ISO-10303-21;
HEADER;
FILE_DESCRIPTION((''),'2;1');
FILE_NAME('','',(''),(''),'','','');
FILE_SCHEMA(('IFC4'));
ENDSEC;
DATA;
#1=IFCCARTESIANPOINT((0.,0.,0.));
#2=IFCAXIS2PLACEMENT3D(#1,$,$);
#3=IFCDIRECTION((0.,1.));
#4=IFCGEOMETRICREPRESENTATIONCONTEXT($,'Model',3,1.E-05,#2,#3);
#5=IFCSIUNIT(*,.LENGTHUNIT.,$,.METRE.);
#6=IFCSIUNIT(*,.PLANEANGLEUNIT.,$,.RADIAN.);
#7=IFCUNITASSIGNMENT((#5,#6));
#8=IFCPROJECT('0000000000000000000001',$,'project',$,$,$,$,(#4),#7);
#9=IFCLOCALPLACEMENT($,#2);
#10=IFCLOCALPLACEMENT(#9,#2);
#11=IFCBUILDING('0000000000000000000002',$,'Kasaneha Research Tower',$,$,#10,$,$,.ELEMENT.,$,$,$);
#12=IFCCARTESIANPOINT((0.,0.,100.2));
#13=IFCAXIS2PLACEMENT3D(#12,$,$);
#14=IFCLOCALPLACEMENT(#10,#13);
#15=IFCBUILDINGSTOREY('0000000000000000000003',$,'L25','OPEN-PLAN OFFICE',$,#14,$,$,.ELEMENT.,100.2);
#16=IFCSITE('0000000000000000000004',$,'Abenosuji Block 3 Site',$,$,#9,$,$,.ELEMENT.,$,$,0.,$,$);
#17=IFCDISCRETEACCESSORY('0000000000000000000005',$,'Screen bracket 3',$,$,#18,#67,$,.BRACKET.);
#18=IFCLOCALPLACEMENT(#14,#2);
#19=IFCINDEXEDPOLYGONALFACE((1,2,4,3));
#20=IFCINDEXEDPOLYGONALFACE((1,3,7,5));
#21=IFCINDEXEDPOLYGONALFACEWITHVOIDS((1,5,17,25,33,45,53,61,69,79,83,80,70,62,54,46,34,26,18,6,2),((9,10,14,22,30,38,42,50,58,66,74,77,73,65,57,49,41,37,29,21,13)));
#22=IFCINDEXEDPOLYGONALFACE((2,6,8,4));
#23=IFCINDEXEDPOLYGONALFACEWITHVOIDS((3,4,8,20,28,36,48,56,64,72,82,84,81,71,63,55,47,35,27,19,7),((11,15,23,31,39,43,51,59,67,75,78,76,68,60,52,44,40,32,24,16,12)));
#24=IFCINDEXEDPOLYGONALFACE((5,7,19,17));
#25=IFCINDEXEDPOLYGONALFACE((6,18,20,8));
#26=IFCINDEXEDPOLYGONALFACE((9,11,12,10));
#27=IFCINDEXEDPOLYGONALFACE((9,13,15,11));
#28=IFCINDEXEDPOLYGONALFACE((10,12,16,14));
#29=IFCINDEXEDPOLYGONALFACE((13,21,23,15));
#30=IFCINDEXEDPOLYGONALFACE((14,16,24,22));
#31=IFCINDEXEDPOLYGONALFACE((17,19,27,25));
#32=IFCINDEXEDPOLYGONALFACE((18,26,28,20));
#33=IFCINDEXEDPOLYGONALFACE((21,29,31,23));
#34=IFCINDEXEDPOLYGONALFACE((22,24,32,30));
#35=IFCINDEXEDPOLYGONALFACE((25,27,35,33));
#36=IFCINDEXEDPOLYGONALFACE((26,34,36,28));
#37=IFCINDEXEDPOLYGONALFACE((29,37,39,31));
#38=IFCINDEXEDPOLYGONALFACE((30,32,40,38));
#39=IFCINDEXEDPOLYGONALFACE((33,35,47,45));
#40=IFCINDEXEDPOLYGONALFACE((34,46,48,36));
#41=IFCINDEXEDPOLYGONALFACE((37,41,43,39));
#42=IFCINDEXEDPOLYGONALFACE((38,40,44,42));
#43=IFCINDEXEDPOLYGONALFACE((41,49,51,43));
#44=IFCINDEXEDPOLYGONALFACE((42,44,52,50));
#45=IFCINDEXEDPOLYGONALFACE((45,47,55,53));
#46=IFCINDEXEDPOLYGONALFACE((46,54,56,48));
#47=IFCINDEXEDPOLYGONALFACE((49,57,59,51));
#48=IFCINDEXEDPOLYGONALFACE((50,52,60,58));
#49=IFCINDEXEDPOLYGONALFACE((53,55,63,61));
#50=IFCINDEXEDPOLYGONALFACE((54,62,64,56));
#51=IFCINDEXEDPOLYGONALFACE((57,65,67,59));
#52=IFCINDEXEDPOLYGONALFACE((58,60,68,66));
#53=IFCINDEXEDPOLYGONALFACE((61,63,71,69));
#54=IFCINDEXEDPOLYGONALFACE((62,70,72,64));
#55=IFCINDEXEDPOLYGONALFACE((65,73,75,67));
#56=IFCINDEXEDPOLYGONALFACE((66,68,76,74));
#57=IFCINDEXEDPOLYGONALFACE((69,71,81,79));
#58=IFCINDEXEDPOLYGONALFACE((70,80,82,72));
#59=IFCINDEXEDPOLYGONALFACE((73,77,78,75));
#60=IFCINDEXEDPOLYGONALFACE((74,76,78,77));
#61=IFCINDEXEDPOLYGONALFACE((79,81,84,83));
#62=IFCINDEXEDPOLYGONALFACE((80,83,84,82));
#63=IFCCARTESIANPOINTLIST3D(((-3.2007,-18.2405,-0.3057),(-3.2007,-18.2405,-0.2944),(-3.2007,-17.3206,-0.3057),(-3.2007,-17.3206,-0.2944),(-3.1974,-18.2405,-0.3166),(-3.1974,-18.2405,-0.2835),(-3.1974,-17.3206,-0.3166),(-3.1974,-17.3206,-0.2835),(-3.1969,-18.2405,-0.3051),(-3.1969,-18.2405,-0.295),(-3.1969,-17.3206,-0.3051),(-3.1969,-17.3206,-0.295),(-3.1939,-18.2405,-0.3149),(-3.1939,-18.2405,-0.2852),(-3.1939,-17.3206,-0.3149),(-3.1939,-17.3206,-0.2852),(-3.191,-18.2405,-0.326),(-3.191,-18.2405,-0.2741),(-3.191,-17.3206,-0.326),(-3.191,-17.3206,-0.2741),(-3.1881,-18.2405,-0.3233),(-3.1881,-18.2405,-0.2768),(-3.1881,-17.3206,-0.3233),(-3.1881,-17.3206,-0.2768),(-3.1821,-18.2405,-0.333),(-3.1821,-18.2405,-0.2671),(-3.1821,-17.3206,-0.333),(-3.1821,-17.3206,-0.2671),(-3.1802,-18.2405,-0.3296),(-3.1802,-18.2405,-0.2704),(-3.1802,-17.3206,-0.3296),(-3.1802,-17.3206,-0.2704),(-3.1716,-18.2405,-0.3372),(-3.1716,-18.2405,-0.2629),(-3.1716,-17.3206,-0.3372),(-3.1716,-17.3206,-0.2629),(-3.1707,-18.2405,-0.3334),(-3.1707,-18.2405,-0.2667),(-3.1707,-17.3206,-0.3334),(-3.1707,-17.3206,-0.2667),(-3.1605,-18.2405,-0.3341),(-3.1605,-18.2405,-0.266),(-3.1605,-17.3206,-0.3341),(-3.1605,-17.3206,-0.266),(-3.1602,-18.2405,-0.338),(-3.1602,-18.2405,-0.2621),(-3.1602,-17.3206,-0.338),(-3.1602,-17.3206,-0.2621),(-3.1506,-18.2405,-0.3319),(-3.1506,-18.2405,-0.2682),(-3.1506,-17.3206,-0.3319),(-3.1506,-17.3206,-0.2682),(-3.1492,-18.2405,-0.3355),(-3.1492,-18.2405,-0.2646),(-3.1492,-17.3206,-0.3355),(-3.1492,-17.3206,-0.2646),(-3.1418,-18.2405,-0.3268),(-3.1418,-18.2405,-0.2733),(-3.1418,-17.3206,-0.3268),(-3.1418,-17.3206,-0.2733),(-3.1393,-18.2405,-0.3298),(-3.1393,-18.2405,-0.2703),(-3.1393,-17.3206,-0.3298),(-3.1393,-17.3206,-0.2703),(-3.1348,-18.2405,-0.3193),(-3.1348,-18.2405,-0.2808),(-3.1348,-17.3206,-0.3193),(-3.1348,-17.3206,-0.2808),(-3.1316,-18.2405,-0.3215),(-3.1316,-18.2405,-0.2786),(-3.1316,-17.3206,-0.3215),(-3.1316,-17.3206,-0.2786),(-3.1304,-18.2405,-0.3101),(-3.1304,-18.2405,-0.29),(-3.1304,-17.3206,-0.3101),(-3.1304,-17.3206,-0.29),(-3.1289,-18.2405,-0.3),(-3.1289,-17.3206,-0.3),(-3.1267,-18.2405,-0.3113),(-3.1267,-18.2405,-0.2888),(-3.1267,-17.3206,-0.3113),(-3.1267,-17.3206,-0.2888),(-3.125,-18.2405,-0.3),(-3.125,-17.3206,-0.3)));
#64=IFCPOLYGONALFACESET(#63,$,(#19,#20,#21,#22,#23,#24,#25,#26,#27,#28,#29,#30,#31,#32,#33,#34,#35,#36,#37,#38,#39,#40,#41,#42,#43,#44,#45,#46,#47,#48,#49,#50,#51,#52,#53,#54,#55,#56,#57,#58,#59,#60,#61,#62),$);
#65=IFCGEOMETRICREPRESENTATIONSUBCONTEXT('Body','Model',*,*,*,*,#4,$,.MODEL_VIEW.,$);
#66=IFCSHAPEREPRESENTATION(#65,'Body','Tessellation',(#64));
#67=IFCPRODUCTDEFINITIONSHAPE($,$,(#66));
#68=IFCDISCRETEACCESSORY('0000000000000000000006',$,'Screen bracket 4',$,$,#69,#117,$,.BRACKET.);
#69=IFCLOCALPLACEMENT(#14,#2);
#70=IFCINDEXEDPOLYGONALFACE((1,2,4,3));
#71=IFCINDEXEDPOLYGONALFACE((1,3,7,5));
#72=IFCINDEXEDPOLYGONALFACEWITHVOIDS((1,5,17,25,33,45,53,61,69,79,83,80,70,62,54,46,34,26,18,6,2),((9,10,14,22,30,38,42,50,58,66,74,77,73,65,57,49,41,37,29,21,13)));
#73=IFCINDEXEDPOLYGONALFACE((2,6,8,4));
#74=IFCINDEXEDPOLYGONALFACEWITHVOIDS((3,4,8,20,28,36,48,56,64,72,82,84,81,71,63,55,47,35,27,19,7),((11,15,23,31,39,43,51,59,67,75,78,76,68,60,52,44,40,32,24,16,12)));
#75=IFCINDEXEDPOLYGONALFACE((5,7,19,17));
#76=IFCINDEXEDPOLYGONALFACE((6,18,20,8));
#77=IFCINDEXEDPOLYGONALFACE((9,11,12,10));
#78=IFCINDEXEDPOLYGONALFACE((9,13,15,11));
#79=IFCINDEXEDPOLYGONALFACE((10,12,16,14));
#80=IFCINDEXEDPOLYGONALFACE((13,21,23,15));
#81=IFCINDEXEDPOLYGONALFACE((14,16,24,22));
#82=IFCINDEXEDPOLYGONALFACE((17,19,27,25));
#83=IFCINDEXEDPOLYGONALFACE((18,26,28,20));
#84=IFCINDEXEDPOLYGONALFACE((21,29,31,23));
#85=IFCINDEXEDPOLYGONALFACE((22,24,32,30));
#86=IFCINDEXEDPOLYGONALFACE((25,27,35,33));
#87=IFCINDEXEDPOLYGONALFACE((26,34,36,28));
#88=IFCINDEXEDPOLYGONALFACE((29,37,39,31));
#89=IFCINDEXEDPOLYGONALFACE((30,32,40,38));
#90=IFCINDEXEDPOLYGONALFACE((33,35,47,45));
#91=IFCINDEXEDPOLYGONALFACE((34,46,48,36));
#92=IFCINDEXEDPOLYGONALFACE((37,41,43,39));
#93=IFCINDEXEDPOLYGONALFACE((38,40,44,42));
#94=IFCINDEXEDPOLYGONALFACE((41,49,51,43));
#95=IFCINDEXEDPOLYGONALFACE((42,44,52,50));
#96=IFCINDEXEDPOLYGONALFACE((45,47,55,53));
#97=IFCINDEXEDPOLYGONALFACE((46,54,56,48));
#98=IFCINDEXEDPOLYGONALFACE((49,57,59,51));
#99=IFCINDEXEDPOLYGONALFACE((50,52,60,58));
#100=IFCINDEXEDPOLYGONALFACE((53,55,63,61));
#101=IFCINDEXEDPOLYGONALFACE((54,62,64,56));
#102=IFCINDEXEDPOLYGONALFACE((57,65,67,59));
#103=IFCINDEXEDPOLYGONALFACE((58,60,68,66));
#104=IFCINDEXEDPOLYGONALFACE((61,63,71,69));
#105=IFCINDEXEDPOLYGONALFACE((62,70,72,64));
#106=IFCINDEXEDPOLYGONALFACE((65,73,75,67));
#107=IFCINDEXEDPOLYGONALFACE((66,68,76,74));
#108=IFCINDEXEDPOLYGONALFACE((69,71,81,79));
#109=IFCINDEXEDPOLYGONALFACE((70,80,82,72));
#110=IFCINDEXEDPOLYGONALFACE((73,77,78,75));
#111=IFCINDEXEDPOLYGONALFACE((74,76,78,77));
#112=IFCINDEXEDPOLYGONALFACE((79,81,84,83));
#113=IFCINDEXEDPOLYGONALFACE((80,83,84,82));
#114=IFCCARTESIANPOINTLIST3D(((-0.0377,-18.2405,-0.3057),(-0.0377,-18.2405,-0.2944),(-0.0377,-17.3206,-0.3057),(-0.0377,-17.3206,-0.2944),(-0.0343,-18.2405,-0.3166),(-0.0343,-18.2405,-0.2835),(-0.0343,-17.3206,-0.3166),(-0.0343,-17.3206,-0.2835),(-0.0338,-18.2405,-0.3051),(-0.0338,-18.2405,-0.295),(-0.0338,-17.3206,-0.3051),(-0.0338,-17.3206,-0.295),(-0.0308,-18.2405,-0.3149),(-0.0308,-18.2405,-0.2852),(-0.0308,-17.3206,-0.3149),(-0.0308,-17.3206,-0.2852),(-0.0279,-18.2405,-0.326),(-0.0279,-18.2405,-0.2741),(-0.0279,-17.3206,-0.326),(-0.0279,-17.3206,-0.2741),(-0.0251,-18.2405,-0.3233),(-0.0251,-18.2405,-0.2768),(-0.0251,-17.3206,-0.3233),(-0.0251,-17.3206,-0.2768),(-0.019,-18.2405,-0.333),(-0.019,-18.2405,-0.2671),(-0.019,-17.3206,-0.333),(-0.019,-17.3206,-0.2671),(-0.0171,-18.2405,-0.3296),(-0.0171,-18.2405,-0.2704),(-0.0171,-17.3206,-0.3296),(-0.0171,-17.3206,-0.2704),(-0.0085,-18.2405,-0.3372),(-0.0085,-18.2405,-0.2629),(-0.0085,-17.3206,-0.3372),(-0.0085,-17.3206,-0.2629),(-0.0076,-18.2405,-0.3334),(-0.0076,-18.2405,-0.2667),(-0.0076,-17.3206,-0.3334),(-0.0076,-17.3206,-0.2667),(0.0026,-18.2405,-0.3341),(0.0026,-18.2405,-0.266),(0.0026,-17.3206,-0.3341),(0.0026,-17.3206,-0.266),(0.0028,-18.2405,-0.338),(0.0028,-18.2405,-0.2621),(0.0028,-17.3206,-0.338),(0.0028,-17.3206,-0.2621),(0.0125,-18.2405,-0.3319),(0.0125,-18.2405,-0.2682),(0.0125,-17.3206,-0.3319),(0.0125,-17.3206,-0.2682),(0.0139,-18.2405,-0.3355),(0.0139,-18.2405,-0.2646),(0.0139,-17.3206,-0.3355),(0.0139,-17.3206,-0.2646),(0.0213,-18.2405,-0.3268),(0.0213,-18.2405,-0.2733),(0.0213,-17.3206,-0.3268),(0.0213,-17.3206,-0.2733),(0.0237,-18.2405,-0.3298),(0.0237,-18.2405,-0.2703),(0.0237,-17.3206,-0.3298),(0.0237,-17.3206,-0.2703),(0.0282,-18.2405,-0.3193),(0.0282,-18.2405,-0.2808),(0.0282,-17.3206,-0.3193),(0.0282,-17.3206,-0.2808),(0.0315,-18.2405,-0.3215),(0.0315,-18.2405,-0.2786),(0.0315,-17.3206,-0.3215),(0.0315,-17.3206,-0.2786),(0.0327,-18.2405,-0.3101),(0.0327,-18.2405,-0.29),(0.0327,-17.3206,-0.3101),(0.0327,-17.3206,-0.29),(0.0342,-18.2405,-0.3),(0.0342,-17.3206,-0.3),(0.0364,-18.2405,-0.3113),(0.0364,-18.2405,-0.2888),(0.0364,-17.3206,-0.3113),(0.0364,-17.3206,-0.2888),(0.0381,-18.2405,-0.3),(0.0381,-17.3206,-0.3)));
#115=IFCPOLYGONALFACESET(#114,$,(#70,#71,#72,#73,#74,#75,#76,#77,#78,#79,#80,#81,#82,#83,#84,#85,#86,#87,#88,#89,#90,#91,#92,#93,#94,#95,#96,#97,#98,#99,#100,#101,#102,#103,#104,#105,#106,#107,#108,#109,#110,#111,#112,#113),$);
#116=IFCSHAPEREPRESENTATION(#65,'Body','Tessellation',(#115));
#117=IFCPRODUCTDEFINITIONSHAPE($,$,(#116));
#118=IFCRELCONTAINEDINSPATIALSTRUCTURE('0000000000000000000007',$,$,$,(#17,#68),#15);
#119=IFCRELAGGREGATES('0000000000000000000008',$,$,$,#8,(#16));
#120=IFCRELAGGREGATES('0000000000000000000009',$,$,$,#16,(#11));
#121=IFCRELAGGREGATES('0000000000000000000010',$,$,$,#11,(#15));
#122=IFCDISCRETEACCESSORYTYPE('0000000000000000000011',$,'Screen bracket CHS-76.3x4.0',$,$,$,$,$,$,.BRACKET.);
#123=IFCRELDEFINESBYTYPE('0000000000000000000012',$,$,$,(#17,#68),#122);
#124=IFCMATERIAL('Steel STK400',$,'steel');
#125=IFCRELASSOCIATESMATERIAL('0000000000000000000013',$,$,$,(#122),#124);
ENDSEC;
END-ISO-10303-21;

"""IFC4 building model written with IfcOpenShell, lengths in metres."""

from ifc_helpers import new_model, si_unit, direction, frame, origin, origin_2d, place, context, subcontext, project, spatial, hollow_circle, extrude, material, material_profile, profile_set, type_object, element, save


model = new_model("IFC4")

# Units and contexts
model_context = context("Model", 3, precision=1e-05, world=origin(), true_north=direction((0.0, 1.0)))
body_context = subcontext(model_context, "Body", "Model", "MODEL_VIEW")
ifc_project = project(units=[si_unit("LENGTHUNIT", "METRE"), si_unit("PLANEANGLEUNIT", "RADIAN")], contexts=[model_context])

# Site, building, storey
site_placement = place(None, origin())
site = spatial("IfcSite", under=ifc_project, at=site_placement, Name="Abenosuji Block 3 Site", CompositionType="ELEMENT", RefElevation=0.0)
building_placement = place(site_placement, origin())
building = spatial("IfcBuilding", under=site, at=building_placement, Name="Kasaneha Research Tower", CompositionType="ELEMENT")
storey_placement = place(building_placement, frame((0.0, 0.0, 100.2)))
storey = spatial("IfcBuildingStorey", under=building, at=storey_placement, Name="L25", Description="OPEN-PLAN OFFICE", CompositionType="ELEMENT", Elevation=100.2)

# Discrete accessories
ifc_material_1 = material(Name="Steel STK400", Category="steel")
ifc_material_profile_1 = material_profile(ifc_material_1, hollow_circle(Radius=0.0381, WallThickness=0.0039, at=origin_2d()), Name="CHS-76.3x4.0")
ifc_profile_set_1 = profile_set([ifc_material_profile_1], Name="Steel STK400")
discrete_accessory_type = type_object("IfcDiscreteAccessoryType", Name="Screen bracket CHS-76.3x4.0", PredefinedType="BRACKET", material=ifc_profile_set_1)
for number, where, z_axis, x_axis, name in (
    (1, (-3.1631, -17.3206, -0.3), (0.0, -1.0, 0.0), (1.0, 0.0, 0.0), "Screen bracket 3"),
    (2, (0.0, -17.3206, -0.3), (0.0, -1.0, 0.0), (1.0, 0.0, 0.0), "Screen bracket 4"),
):
    element("IfcDiscreteAccessory", number, at=place(storey_placement, frame(where, z_axis=z_axis, x_axis=x_axis)), inside=storey, type_object=discrete_accessory_type, Name=name, PredefinedType="BRACKET", context=body_context, shape_type="SweptSolid", body=[
        extrude(hollow_circle(Radius=0.0381, WallThickness=0.0039, at=origin_2d()), origin(), (0.0, 0.0, 1.0), 0.9199),
    ])

save(model, "model.ifc")
